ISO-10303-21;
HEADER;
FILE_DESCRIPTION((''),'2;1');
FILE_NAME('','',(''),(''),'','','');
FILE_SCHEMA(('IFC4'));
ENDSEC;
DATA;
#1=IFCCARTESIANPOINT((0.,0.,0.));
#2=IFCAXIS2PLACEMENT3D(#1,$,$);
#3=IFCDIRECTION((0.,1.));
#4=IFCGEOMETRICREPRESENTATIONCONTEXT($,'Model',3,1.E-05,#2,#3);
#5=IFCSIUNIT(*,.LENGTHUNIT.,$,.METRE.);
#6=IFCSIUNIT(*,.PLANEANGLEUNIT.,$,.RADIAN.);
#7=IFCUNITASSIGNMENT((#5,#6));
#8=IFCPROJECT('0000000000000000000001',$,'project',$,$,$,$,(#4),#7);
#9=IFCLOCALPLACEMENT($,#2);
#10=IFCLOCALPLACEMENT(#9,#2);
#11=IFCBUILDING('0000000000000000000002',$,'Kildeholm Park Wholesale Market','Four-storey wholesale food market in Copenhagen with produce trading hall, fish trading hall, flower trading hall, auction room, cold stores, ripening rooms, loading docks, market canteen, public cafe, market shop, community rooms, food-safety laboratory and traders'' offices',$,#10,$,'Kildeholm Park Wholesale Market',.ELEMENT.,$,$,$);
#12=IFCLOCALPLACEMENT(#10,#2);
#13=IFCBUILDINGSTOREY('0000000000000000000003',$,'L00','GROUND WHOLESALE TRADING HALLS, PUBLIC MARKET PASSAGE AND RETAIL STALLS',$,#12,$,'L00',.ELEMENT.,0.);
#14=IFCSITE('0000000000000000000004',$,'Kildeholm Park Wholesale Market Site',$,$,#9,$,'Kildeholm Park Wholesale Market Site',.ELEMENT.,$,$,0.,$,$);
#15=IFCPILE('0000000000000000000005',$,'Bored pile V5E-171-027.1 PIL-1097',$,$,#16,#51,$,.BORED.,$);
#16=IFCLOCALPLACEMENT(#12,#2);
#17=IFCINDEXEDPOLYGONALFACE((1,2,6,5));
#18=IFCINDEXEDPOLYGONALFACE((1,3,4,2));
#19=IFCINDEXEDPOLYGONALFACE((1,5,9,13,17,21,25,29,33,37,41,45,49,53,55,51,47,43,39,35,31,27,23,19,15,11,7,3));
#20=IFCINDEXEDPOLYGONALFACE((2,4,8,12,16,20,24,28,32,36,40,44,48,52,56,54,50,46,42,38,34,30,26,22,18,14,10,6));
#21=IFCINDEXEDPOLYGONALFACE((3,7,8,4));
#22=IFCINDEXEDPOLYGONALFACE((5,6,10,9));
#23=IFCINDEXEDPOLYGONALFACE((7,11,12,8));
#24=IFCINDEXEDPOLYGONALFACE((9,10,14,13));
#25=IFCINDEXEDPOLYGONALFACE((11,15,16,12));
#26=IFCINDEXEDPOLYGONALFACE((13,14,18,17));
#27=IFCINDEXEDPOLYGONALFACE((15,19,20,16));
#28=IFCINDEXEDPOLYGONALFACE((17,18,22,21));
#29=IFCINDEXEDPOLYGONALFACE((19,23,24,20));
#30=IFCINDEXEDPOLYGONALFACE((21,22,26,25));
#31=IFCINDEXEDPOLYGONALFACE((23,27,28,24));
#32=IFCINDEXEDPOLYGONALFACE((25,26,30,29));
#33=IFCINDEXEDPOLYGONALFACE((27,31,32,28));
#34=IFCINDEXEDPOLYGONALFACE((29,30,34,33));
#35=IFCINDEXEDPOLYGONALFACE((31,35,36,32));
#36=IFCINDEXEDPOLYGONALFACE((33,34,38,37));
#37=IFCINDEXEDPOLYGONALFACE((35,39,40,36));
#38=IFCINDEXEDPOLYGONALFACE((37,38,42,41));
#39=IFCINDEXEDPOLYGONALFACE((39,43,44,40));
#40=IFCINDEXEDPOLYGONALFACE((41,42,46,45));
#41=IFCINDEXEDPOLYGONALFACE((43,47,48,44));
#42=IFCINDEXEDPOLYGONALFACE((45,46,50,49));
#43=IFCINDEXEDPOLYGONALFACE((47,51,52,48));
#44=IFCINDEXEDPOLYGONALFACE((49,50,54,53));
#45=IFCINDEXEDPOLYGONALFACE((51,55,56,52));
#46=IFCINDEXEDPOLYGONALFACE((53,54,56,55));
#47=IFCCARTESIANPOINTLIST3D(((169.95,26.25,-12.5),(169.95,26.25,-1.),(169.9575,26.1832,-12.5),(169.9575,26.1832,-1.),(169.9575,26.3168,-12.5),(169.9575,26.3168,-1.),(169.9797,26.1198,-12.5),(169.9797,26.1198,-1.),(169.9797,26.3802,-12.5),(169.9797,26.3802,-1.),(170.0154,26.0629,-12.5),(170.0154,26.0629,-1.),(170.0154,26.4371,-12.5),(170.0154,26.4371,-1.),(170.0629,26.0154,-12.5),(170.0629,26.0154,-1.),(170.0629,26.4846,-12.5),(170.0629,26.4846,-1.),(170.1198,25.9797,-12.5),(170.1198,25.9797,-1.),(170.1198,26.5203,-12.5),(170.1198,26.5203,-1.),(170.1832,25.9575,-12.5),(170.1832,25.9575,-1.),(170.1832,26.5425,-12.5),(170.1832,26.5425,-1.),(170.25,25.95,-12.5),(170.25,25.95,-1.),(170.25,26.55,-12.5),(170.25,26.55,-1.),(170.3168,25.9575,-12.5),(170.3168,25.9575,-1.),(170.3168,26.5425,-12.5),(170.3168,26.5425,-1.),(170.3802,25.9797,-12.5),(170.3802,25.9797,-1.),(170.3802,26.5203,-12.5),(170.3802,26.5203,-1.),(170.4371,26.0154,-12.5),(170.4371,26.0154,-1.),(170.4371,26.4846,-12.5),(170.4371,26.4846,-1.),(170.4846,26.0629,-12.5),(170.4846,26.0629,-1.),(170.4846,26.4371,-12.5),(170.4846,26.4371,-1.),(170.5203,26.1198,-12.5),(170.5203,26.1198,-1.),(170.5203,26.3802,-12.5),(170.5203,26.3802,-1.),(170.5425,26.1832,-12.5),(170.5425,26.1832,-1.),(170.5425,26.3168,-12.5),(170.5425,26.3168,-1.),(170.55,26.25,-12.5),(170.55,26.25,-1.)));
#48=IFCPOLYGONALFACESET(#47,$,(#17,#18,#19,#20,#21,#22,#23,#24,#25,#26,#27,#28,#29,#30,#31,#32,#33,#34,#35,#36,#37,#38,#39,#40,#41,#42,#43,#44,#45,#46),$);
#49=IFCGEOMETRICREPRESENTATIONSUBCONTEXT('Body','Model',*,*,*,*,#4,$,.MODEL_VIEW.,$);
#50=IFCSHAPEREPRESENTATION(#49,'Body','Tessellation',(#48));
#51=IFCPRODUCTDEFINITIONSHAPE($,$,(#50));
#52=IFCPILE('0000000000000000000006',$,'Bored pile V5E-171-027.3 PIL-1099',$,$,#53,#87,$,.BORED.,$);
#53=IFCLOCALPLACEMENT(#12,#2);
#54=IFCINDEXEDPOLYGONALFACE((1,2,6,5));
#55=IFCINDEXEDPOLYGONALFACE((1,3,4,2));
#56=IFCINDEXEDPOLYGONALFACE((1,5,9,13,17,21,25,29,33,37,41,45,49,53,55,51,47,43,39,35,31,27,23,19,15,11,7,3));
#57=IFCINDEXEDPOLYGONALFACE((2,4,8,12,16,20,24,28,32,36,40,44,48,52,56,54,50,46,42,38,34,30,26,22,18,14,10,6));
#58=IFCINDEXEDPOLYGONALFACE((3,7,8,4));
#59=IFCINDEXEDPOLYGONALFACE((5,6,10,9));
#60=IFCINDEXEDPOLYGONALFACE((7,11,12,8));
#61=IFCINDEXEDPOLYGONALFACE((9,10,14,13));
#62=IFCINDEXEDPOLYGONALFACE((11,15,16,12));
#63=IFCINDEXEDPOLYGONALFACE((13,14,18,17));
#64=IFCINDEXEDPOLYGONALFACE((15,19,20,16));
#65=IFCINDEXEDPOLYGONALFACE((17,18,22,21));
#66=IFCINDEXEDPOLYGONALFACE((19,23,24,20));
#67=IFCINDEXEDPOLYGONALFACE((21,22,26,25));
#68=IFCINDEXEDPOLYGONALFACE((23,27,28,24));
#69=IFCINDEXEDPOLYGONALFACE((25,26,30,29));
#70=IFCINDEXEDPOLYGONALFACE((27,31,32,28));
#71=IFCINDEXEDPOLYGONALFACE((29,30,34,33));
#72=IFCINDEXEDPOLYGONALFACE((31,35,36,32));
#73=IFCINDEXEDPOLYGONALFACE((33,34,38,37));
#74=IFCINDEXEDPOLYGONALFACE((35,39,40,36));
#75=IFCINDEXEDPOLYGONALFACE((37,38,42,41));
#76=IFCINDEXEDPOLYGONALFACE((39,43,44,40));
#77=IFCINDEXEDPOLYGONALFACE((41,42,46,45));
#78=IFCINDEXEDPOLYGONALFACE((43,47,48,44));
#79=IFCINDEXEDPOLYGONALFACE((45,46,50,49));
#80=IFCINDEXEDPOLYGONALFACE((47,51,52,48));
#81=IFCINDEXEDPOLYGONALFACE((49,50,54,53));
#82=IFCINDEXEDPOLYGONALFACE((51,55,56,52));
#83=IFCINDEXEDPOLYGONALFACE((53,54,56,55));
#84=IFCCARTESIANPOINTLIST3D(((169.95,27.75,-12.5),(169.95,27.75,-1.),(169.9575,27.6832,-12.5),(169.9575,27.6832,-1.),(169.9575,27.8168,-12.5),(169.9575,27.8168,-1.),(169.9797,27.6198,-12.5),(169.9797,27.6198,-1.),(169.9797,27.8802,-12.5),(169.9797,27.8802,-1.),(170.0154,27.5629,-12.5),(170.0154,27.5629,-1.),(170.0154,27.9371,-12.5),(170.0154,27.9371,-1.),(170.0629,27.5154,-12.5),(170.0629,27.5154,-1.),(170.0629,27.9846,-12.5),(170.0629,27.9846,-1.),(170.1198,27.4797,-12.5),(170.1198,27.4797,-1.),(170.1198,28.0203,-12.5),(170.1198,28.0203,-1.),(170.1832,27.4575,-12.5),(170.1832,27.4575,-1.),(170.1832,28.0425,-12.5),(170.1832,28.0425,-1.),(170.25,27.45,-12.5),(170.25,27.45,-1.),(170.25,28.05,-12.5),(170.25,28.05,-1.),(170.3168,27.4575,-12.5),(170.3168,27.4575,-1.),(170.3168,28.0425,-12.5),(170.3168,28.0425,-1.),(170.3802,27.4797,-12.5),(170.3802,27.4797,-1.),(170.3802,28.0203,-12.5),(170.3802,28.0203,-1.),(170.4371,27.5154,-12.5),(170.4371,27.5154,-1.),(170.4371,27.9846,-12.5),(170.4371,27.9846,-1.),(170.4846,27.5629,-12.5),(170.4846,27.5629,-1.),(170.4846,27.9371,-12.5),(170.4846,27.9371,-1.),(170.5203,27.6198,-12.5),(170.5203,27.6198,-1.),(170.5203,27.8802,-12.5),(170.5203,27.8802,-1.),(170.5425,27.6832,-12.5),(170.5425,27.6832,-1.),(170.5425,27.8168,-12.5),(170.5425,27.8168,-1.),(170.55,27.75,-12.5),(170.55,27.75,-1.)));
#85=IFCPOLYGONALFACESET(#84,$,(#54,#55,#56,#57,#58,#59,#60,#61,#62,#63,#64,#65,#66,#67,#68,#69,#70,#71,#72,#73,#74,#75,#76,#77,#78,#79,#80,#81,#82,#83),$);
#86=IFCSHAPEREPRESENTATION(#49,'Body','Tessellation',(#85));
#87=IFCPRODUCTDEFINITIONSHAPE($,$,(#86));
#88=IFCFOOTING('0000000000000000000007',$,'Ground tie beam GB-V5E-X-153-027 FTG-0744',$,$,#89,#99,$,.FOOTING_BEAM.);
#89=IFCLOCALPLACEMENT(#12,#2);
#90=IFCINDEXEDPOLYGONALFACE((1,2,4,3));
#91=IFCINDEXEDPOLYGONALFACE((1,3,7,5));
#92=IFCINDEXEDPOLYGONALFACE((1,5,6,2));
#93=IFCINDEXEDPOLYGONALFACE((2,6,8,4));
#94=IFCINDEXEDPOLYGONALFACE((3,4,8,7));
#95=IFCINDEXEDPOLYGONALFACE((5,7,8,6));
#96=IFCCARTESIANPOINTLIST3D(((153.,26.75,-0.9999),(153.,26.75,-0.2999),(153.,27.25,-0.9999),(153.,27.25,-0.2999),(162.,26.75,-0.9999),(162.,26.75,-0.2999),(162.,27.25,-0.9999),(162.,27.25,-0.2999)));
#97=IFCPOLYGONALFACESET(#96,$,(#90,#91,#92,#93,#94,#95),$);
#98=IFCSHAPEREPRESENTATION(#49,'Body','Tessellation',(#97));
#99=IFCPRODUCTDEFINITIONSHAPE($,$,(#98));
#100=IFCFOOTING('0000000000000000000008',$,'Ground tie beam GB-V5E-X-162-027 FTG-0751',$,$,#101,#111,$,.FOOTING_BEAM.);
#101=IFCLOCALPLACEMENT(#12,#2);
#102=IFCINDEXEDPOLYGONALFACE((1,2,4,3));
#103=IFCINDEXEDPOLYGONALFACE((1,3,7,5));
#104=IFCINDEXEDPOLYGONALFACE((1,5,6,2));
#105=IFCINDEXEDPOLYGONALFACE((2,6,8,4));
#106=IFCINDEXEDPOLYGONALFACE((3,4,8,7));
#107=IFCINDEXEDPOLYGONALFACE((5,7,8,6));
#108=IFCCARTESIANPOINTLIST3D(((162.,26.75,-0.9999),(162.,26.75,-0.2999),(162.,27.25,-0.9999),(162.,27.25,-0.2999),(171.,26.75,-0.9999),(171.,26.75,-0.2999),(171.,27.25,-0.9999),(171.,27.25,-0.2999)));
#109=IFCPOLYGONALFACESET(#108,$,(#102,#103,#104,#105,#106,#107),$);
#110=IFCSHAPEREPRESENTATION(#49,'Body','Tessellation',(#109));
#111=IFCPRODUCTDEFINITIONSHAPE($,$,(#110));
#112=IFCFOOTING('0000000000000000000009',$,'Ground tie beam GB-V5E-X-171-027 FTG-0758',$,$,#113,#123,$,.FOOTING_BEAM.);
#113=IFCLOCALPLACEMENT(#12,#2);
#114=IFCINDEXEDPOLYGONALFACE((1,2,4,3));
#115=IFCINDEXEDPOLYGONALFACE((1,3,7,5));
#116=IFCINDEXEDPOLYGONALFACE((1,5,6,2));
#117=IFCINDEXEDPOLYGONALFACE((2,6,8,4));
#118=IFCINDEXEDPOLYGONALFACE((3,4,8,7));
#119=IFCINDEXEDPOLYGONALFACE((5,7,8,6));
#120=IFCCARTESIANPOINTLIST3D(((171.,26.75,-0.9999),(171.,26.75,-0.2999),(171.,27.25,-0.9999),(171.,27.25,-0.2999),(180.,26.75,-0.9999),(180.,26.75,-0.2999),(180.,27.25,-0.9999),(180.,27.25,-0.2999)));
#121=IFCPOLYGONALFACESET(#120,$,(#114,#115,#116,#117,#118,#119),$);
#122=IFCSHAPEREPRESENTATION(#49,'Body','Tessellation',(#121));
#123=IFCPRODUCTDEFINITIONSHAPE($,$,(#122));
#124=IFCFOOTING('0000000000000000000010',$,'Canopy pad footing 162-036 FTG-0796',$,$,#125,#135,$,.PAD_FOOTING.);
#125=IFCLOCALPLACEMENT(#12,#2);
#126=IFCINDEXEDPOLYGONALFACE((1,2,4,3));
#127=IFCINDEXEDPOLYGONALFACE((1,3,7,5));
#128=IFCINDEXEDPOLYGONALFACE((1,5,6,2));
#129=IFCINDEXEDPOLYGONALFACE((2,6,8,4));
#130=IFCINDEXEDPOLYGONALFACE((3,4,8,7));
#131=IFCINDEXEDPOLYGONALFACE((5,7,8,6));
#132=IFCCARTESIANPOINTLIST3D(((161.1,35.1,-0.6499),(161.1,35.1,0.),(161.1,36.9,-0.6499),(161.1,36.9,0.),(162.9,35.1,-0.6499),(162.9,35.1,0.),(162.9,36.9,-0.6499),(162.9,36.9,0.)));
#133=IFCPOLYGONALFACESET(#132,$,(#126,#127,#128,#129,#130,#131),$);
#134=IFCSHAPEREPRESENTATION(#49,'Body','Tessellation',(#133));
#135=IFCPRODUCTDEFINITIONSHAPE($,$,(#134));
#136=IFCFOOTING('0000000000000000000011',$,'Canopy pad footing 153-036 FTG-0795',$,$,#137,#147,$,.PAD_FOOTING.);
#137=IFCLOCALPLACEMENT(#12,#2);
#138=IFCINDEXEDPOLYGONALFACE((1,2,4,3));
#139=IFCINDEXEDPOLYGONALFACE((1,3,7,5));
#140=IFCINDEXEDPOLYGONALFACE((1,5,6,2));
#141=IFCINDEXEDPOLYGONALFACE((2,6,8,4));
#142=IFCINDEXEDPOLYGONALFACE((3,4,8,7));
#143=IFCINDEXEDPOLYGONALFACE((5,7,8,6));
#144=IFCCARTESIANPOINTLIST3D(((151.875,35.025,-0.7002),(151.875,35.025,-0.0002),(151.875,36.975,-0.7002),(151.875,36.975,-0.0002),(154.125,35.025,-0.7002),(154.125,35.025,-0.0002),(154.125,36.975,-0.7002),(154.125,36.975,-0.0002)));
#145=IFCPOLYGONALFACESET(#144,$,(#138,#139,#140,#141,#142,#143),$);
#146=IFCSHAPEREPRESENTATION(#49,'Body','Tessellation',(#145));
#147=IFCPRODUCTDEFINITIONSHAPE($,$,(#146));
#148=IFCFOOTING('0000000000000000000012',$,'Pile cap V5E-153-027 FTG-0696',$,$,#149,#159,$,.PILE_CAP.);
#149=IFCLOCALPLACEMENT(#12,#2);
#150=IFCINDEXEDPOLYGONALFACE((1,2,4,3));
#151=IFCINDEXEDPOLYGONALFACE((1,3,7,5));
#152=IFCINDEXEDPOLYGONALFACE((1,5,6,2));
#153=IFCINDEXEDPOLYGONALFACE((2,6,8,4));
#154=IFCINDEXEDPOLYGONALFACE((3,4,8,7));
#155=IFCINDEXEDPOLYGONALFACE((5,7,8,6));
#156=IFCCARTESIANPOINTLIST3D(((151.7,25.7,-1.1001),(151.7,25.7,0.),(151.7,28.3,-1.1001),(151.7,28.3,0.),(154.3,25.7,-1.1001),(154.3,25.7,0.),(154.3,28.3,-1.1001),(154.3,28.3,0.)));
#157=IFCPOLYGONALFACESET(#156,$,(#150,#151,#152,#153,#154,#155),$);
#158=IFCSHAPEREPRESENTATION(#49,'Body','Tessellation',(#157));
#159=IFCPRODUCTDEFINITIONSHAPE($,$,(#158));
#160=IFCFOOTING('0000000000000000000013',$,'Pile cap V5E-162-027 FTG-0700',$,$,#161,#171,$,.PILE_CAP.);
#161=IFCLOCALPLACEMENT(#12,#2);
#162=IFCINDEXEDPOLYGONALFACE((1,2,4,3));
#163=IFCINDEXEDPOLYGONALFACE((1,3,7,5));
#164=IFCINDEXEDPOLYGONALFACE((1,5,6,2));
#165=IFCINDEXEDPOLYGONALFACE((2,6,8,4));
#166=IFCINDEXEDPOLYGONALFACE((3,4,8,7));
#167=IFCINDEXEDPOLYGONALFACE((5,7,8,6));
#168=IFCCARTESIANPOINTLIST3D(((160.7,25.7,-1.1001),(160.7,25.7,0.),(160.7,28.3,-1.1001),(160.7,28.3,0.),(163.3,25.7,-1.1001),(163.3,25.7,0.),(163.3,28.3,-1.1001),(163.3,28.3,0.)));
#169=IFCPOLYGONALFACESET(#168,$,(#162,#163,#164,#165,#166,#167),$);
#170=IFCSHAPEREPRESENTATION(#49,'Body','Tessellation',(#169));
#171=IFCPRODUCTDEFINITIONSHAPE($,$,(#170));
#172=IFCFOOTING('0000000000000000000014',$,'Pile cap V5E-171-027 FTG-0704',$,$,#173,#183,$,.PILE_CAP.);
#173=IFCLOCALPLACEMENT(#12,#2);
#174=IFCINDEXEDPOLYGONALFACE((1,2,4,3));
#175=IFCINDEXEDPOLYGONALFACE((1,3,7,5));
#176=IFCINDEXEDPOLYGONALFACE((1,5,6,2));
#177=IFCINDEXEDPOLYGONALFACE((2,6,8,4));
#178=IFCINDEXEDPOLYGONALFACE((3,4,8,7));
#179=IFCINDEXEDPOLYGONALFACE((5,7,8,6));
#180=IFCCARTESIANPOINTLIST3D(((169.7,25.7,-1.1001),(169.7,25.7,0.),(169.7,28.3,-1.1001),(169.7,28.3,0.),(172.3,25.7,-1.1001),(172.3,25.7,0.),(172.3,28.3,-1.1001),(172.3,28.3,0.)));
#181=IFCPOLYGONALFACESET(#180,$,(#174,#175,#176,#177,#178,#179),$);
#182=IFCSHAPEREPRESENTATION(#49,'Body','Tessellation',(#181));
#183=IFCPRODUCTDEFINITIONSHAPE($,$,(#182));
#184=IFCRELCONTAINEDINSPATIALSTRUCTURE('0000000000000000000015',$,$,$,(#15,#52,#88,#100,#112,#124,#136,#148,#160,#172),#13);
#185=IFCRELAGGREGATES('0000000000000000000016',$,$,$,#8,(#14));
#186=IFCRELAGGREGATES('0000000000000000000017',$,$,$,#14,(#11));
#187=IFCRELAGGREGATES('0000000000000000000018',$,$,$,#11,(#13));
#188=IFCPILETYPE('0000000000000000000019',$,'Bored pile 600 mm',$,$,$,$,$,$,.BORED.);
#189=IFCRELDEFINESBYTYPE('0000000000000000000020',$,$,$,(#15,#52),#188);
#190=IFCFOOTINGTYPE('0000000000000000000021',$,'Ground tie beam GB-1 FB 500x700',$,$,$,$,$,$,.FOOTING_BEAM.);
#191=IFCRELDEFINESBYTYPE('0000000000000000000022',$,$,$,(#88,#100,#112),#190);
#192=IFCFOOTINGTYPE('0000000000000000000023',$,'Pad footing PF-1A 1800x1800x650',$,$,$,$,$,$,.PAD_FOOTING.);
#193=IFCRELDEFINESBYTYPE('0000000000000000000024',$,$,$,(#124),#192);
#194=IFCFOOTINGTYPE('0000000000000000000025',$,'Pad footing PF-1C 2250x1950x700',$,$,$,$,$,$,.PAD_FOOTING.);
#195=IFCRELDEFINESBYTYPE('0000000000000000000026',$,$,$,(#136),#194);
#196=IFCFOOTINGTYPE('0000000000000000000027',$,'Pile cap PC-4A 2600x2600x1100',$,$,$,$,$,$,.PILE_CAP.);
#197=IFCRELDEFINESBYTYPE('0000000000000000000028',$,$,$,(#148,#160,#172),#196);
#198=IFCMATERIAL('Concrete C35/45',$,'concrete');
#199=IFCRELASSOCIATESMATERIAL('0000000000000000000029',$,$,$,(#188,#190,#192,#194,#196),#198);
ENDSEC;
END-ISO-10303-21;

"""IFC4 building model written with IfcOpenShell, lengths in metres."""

from ifc_helpers import new_model, si_unit, direction, frame, origin, origin_2d, place, context, subcontext, project, spatial, rectangle, circle, extrude, material, material_profile, profile_set, type_object, element, save


model = new_model("IFC4")

# Units and contexts
model_context = context("Model", 3, precision=1e-05, world=origin(), true_north=direction((0.0, 1.0)))
body_context = subcontext(model_context, "Body", "Model", "MODEL_VIEW")
ifc_project = project(units=[si_unit("LENGTHUNIT", "METRE"), si_unit("PLANEANGLEUNIT", "RADIAN")], contexts=[model_context])

# Site, building, storey
site_placement = place(None, origin())
site = spatial("IfcSite", under=ifc_project, at=site_placement, Name="Kildeholm Park Wholesale Market Site", LongName="Kildeholm Park Wholesale Market Site", CompositionType="ELEMENT", RefElevation=0.0)
building_placement = place(site_placement, origin())
building = spatial("IfcBuilding", under=site, at=building_placement, Name="Kildeholm Park Wholesale Market", Description="Four-storey wholesale food market in Copenhagen with produce trading hall, fish trading hall, flower trading hall, auction room, cold stores, ripening rooms, loading docks, market canteen, public cafe, market shop, community rooms, food-safety laboratory and traders' offices", LongName="Kildeholm Park Wholesale Market", CompositionType="ELEMENT")
storey_placement = place(building_placement, origin())
storey = spatial("IfcBuildingStorey", under=building, at=storey_placement, Name="L00", Description="GROUND WHOLESALE TRADING HALLS, PUBLIC MARKET PASSAGE AND RETAIL STALLS", LongName="L00", CompositionType="ELEMENT", Elevation=0.0)

# Piles
ifc_material_1 = material(Name="Concrete C35/45", Category="concrete")
ifc_material_profile_1 = material_profile(ifc_material_1, circle(Radius=0.3, at=origin_2d()), Name="PILE D600")
ifc_profile_set_1 = profile_set([ifc_material_profile_1], Name="Concrete C35/45")
pile_type = type_object("IfcPileType", Name="Bored pile 600 mm", PredefinedType="BORED", material=ifc_profile_set_1)
for number, where, z_axis, x_axis, name in (
    (1, (170.25, 26.25, -1.0), (0.0, 0.0, -1.0), (1.0, 0.0, 0.0), "Bored pile V5E-171-027.1 PIL-1097"),
    (2, (170.25, 27.75, -1.0), (0.0, 0.0, -1.0), (1.0, 0.0, 0.0), "Bored pile V5E-171-027.3 PIL-1099"),
):
    element("IfcPile", number, at=place(storey_placement, frame(where, z_axis=z_axis, x_axis=x_axis)), inside=storey, type_object=pile_type, Name=name, PredefinedType="BORED", context=body_context, shape_type="SweptSolid", body=[
        extrude(circle(Radius=0.3, at=origin_2d()), origin(), (0.0, 0.0, 1.0), 11.5),
    ])

# Footings
ifc_material_profile_2 = material_profile(ifc_material_1, rectangle(XDim=0.5, YDim=0.7, at=origin_2d()), Name="FB 500x700")
ifc_profile_set_2 = profile_set([ifc_material_profile_2], Name="Concrete C35/45")
footing_type_1 = type_object("IfcFootingType", Name="Ground tie beam GB-1 FB 500x700", PredefinedType="FOOTING_BEAM", material=ifc_profile_set_2)
for number, where, z_axis, x_axis, name in (
    (3, (153.0, 27.0, -0.6499), (1.0, 0.0, 0.0), (0.0, 1.0, 0.0), "Ground tie beam GB-V5E-X-153-027 FTG-0744"),
    (4, (162.0, 27.0, -0.6499), (1.0, 0.0, 0.0), (0.0, 1.0, 0.0), "Ground tie beam GB-V5E-X-162-027 FTG-0751"),
    (5, (171.0, 27.0, -0.6499), (1.0, 0.0, 0.0), (0.0, 1.0, 0.0), "Ground tie beam GB-V5E-X-171-027 FTG-0758"),
):
    element("IfcFooting", number, at=place(storey_placement, frame(where, z_axis=z_axis, x_axis=x_axis)), inside=storey, type_object=footing_type_1, Name=name, PredefinedType="FOOTING_BEAM", context=body_context, shape_type="SweptSolid", body=[
        extrude(rectangle(XDim=0.5, YDim=0.7, at=origin_2d()), origin(), (0.0, 0.0, 1.0), 9.0),
    ])
footing_type_2 = type_object("IfcFootingType", Name="Pad footing PF-1A 1800x1800x650", PredefinedType="PAD_FOOTING", material=ifc_material_1)
footing_1_placement = place(storey_placement, frame((162.0, 36.0, -0.6499), z_axis=(0.0, 0.0, 1.0), x_axis=(1.0, 0.0, 0.0)))
element("IfcFooting", 6, at=footing_1_placement, inside=storey, type_object=footing_type_2, Name="Canopy pad footing 162-036 FTG-0796", PredefinedType="PAD_FOOTING", context=body_context, shape_type="SweptSolid", body=[
    extrude(rectangle(XDim=1.8, YDim=1.8, at=origin_2d()), origin(), (0.0, 0.0, 1.0), 0.6499),
])
footing_type_3 = type_object("IfcFootingType", Name="Pad footing PF-1C 2250x1950x700", PredefinedType="PAD_FOOTING", material=ifc_material_1)
footing_2_placement = place(storey_placement, frame((153.0, 36.0, -0.7002), z_axis=(0.0, 0.0, 1.0), x_axis=(1.0, 0.0, 0.0)))
element("IfcFooting", 7, at=footing_2_placement, inside=storey, type_object=footing_type_3, Name="Canopy pad footing 153-036 FTG-0795", PredefinedType="PAD_FOOTING", context=body_context, shape_type="SweptSolid", body=[
    extrude(rectangle(XDim=2.25, YDim=1.95, at=origin_2d()), origin(), (0.0, 0.0, 1.0), 0.7),
])
footing_type_4 = type_object("IfcFootingType", Name="Pile cap PC-4A 2600x2600x1100", PredefinedType="PILE_CAP", material=ifc_material_1)
for number, where, z_axis, x_axis, name in (
    (8, (153.0, 27.0, -1.1001), (0.0, 0.0, 1.0), (1.0, 0.0, 0.0), "Pile cap V5E-153-027 FTG-0696"),
    (9, (162.0, 27.0, -1.1001), (0.0, 0.0, 1.0), (1.0, 0.0, 0.0), "Pile cap V5E-162-027 FTG-0700"),
    (10, (171.0, 27.0, -1.1001), (0.0, 0.0, 1.0), (1.0, 0.0, 0.0), "Pile cap V5E-171-027 FTG-0704"),
):
    element("IfcFooting", number, at=place(storey_placement, frame(where, z_axis=z_axis, x_axis=x_axis)), inside=storey, type_object=footing_type_4, Name=name, PredefinedType="PILE_CAP", context=body_context, shape_type="SweptSolid", body=[
        extrude(rectangle(XDim=2.6001, YDim=2.6001, at=origin_2d()), origin(), (0.0, 0.0, 1.0), 1.1001),
    ])

save(model, "model.ifc")
